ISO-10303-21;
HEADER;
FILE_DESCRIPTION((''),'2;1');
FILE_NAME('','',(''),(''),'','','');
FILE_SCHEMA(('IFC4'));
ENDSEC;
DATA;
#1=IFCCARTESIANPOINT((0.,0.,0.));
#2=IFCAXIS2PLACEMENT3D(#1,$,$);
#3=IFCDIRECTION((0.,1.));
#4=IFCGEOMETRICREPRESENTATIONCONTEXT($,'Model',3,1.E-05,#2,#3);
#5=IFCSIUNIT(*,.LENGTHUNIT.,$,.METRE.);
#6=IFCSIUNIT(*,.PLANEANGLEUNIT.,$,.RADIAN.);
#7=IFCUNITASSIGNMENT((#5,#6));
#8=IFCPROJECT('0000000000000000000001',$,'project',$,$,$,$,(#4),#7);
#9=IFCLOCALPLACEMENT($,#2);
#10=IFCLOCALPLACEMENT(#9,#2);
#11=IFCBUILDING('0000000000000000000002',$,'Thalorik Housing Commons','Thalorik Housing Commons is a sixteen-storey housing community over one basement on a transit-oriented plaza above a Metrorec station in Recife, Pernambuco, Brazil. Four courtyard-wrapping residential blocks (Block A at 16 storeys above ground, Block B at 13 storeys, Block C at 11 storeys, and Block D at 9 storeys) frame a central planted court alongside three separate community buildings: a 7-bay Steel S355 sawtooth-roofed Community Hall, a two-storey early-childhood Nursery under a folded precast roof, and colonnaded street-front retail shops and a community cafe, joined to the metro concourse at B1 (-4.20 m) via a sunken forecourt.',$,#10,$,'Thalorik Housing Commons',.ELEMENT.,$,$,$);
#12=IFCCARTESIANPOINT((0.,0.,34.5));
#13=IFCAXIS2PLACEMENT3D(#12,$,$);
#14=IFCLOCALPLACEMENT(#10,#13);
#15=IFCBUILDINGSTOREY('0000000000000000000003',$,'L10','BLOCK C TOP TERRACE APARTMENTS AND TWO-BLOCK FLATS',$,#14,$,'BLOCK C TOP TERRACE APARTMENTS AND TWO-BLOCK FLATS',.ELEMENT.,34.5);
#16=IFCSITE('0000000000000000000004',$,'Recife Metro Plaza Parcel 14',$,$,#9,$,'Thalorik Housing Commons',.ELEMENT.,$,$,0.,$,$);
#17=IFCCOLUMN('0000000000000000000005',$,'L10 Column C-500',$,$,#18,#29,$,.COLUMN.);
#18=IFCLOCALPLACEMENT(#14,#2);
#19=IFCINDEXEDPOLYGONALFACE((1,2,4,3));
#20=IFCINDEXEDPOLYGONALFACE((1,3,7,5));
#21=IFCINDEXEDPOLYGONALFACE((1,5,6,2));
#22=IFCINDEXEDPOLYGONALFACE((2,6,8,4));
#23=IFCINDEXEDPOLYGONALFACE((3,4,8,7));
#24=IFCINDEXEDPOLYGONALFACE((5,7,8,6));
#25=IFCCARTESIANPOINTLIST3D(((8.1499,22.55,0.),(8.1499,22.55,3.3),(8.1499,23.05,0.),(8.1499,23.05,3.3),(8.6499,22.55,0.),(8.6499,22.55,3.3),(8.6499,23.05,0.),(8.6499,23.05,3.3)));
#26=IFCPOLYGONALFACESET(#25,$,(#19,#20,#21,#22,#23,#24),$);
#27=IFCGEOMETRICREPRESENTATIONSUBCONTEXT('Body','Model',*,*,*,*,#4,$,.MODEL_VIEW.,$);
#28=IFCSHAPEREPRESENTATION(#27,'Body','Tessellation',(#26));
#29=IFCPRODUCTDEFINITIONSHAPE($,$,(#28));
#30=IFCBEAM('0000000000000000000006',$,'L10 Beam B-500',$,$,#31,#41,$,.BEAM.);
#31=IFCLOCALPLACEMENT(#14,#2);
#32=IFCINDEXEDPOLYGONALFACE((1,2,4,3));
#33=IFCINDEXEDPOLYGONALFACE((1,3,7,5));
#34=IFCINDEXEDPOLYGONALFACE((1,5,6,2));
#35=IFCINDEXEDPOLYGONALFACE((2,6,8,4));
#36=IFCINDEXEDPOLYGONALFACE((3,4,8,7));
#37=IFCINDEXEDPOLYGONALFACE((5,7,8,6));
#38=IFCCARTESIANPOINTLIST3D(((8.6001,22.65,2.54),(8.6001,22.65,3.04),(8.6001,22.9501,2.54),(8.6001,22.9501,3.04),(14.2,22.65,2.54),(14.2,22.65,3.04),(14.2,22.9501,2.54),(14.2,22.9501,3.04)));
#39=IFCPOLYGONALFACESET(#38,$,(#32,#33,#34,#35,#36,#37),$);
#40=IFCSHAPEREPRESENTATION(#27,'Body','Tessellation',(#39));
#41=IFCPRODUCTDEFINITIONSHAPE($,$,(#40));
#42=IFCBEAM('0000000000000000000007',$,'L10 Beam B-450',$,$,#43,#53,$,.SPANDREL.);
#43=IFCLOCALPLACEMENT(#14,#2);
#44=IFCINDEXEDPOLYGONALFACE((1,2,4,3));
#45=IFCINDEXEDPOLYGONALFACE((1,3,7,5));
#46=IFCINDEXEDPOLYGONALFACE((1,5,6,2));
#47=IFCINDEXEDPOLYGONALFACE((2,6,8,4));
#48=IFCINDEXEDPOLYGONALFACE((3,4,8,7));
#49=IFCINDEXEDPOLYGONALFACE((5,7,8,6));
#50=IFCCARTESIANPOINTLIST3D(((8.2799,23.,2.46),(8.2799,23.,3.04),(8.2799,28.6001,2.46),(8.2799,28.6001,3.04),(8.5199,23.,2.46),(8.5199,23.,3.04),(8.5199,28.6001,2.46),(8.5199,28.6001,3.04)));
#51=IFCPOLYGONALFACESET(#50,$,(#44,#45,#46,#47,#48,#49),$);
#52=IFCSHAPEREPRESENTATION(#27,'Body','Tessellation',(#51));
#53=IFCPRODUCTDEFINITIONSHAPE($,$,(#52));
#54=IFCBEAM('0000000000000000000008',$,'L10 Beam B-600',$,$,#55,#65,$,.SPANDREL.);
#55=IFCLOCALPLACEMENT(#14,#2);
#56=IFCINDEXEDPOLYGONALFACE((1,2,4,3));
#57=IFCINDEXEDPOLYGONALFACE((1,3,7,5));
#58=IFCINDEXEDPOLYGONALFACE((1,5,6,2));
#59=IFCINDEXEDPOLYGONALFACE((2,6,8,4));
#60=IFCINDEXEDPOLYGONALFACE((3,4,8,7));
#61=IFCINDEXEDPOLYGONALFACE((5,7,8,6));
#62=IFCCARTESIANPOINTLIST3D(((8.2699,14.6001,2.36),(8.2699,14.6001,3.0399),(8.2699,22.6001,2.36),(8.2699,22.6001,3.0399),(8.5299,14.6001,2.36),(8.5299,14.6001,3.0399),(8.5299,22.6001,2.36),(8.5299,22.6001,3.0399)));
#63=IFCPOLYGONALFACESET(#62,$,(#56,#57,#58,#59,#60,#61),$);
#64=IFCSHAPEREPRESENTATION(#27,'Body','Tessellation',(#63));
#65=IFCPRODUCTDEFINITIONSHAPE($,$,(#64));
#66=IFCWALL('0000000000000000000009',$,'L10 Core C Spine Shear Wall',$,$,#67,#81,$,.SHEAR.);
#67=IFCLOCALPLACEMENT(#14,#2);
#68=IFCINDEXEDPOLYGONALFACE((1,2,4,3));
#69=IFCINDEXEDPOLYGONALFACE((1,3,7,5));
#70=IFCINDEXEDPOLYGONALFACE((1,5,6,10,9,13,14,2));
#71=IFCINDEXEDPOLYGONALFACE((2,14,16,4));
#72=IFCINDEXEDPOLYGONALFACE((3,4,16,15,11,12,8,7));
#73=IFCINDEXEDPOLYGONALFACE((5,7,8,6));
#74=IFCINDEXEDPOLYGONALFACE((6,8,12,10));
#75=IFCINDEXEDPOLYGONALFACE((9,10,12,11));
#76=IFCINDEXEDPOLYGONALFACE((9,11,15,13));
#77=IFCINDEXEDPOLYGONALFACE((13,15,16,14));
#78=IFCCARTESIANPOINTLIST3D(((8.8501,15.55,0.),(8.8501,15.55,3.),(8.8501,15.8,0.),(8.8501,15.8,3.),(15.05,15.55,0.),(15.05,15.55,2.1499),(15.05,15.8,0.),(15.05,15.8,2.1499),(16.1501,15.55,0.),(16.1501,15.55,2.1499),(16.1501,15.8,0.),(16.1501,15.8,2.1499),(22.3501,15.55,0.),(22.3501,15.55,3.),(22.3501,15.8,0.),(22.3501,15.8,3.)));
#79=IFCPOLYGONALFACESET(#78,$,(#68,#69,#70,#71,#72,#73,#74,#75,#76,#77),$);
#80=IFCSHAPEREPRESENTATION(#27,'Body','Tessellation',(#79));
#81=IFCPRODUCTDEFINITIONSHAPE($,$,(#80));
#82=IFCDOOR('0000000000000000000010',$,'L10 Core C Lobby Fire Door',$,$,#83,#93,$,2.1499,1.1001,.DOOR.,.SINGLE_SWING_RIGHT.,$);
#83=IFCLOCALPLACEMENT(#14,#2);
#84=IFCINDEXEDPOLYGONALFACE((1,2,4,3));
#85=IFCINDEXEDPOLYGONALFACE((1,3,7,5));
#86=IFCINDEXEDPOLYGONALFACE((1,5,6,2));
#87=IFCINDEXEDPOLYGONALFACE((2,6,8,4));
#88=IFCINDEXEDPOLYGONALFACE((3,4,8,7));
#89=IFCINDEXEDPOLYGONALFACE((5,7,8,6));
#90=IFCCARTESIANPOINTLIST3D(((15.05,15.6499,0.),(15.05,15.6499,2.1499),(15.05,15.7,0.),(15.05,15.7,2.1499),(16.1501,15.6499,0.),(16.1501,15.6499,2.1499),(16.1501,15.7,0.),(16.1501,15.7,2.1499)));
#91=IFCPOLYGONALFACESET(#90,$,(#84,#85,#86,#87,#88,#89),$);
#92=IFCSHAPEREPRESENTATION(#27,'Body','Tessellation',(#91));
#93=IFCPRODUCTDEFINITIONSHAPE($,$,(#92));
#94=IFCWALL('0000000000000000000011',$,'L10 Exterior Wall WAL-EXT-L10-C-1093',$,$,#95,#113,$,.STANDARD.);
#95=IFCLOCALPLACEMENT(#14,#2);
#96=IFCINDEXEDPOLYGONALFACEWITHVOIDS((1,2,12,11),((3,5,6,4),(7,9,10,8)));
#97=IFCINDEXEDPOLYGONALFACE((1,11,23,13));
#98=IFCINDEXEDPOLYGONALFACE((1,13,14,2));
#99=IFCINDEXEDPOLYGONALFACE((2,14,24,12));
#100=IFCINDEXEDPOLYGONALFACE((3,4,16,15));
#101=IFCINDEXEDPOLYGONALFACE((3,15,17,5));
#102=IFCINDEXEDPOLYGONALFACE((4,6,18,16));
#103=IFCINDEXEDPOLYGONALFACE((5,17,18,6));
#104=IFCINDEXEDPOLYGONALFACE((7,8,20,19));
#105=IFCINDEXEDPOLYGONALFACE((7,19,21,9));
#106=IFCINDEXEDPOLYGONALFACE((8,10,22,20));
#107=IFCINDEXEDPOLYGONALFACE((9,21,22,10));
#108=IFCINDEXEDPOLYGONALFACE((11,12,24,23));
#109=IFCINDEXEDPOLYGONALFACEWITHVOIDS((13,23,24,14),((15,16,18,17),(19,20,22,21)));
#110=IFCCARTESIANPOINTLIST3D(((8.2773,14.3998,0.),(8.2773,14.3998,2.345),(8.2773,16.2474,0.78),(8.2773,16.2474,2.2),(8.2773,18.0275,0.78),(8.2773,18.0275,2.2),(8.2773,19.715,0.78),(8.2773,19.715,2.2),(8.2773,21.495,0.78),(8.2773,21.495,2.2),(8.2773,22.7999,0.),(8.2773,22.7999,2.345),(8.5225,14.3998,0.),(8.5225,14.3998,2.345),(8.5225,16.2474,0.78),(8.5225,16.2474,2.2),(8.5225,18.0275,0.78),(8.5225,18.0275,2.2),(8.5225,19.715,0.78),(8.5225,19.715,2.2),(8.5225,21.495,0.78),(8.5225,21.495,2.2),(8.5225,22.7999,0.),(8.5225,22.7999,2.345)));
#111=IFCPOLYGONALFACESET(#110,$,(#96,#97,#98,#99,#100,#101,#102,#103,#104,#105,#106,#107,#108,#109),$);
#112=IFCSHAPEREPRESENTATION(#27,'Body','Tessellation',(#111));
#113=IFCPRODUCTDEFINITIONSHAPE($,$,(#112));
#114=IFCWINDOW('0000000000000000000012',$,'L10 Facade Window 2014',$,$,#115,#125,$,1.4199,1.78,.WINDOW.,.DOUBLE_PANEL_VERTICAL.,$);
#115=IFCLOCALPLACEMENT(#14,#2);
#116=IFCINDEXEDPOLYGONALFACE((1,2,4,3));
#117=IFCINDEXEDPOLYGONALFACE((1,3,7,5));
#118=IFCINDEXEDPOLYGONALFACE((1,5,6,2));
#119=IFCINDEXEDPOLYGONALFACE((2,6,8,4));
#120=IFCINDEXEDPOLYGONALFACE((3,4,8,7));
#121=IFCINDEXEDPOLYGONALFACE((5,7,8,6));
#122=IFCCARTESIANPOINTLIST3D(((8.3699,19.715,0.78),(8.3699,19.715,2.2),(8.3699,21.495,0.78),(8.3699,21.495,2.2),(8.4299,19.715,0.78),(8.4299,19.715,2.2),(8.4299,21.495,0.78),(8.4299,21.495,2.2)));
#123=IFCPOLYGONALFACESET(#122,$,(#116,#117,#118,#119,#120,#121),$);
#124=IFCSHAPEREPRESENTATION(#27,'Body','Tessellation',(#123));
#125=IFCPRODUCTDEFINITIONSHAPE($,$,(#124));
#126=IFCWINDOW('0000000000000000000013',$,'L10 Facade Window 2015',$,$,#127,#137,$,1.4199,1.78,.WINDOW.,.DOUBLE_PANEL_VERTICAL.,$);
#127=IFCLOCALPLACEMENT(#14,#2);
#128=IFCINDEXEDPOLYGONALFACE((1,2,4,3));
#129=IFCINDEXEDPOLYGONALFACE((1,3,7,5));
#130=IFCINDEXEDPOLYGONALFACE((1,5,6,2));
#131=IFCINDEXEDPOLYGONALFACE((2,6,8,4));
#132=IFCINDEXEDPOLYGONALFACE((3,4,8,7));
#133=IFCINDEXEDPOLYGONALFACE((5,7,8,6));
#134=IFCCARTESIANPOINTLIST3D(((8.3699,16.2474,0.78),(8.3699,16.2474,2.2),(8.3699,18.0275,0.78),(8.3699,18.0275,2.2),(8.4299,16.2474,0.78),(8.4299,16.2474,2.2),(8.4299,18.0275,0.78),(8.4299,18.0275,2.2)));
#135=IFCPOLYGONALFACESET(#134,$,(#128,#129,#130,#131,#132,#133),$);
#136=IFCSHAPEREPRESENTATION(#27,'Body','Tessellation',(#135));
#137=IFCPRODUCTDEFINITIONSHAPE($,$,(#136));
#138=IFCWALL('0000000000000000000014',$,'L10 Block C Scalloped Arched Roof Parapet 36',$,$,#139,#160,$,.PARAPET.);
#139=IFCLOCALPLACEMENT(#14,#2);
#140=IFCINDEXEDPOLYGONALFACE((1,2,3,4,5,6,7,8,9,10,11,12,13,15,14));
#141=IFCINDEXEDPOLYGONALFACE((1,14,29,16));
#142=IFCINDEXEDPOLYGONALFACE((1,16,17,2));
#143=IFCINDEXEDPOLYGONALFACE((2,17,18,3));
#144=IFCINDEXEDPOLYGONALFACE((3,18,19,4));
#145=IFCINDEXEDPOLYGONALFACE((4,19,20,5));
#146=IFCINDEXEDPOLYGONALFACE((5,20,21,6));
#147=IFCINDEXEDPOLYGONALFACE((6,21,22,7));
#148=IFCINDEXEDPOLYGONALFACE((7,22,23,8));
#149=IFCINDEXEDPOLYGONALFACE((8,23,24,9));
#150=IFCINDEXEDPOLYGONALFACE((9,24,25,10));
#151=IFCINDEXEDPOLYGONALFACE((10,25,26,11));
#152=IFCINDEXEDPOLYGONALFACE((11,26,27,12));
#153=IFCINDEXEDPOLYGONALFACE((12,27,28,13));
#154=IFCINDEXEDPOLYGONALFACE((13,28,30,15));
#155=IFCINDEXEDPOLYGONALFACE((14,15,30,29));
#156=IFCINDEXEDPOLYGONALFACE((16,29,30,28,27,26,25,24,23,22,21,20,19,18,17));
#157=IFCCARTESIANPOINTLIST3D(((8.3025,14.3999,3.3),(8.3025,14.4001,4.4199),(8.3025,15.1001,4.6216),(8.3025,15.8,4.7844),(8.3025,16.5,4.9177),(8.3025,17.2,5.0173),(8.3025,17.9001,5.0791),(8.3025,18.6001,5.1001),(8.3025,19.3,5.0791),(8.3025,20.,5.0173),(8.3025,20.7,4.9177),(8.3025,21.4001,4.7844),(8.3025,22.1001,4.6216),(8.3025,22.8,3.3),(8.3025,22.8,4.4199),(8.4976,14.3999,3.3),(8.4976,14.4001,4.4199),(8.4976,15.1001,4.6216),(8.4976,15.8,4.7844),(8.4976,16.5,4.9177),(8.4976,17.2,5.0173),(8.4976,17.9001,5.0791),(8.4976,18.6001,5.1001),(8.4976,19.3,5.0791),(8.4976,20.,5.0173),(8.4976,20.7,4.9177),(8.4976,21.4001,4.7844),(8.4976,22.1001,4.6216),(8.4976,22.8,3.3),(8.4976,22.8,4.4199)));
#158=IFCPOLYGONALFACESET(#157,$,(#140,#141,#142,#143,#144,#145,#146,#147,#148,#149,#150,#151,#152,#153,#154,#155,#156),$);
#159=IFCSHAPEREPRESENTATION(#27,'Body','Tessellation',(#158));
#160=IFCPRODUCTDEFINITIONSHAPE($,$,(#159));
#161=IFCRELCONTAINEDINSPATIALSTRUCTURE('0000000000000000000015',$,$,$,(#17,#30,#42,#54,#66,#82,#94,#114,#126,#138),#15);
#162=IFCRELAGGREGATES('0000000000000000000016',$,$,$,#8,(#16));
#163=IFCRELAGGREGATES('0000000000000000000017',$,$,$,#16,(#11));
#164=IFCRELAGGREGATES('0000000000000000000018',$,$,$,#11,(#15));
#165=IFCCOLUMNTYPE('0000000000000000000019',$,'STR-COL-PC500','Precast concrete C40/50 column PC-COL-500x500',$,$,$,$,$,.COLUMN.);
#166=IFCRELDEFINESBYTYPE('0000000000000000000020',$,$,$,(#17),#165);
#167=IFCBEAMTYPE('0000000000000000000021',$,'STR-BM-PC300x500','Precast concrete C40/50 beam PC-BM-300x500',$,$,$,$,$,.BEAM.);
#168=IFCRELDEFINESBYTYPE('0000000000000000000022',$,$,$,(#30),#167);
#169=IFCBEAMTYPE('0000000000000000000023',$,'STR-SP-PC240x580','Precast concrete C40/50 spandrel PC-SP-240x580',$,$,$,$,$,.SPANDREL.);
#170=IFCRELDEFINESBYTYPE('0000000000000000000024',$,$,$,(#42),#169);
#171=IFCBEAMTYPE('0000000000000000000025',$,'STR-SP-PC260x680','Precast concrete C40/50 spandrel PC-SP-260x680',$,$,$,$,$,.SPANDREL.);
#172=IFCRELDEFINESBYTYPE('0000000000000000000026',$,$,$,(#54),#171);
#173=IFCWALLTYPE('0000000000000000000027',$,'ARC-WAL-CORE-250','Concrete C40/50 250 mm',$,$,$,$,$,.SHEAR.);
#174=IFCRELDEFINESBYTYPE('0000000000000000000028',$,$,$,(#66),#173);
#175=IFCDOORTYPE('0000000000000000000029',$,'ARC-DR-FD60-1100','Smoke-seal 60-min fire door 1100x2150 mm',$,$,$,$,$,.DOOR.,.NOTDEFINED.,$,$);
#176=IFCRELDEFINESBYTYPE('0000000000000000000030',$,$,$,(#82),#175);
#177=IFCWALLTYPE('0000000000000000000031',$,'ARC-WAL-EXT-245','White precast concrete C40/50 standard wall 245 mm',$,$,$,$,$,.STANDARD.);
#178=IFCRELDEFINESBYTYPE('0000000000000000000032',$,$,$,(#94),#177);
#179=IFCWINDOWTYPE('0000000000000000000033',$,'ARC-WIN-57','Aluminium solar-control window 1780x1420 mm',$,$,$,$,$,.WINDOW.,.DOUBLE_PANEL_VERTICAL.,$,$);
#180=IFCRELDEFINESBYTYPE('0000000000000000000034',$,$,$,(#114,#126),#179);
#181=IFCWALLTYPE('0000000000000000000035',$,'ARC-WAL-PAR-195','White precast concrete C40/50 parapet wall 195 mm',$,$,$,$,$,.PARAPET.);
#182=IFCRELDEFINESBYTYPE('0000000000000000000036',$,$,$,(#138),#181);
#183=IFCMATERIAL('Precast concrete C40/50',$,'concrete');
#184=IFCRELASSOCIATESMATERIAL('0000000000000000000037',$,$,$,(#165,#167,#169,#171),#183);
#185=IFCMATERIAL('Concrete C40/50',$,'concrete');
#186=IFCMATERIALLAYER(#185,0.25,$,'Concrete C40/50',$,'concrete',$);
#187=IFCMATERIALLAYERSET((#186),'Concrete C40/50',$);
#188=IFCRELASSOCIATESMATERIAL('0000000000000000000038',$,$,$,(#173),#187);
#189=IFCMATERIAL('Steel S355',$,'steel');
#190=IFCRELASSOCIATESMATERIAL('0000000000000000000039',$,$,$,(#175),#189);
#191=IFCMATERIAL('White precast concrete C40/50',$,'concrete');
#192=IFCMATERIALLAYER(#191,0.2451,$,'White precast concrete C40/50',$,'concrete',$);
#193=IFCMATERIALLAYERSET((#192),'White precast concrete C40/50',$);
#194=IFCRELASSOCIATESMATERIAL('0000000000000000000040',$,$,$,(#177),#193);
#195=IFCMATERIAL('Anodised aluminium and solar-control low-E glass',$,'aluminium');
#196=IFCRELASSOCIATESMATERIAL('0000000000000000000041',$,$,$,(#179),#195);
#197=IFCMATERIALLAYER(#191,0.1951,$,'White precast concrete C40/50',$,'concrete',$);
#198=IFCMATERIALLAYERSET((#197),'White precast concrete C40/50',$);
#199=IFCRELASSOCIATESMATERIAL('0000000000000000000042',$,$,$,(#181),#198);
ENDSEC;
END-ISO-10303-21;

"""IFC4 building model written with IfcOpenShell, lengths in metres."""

from ifc_helpers import new_model, si_unit, direction, frame, frame_2d, origin, origin_2d, place, context, subcontext, project, spatial, polyline, rectangle, outline, extrude, material, layer, layer_set, material_profile, profile_set, type_object, element, fill, save


model = new_model("IFC4")

# Units and contexts
model_context = context("Model", 3, precision=1e-05, world=origin(), true_north=direction((0.0, 1.0)))
body_context = subcontext(model_context, "Body", "Model", "MODEL_VIEW")
ifc_project = project(units=[si_unit("LENGTHUNIT", "METRE"), si_unit("PLANEANGLEUNIT", "RADIAN")], contexts=[model_context])

# Site, building, storey
site_placement = place(None, origin())
site = spatial("IfcSite", under=ifc_project, at=site_placement, Name="Recife Metro Plaza Parcel 14", LongName="Thalorik Housing Commons", CompositionType="ELEMENT", RefElevation=0.0)
building_placement = place(site_placement, origin())
building = spatial("IfcBuilding", under=site, at=building_placement, Name="Thalorik Housing Commons", Description="Thalorik Housing Commons is a sixteen-storey housing community over one basement on a transit-oriented plaza above a Metrorec station in Recife, Pernambuco, Brazil. Four courtyard-wrapping residential blocks (Block A at 16 storeys above ground, Block B at 13 storeys, Block C at 11 storeys, and Block D at 9 storeys) frame a central planted court alongside three separate community buildings: a 7-bay Steel S355 sawtooth-roofed Community Hall, a two-storey early-childhood Nursery under a folded precast roof, and colonnaded street-front retail shops and a community cafe, joined to the metro concourse at B1 (-4.20 m) via a sunken forecourt.", LongName="Thalorik Housing Commons", CompositionType="ELEMENT")
storey_placement = place(building_placement, frame((0.0, 0.0, 34.5)))
storey = spatial("IfcBuildingStorey", under=building, at=storey_placement, Name="L10", Description="BLOCK C TOP TERRACE APARTMENTS AND TWO-BLOCK FLATS", LongName="BLOCK C TOP TERRACE APARTMENTS AND TWO-BLOCK FLATS", CompositionType="ELEMENT", Elevation=34.5)

# Column
ifc_material_1 = material(Name="Precast concrete C40/50", Category="concrete")
ifc_material_profile_1 = material_profile(ifc_material_1, rectangle(XDim=0.5, YDim=0.5, at=origin_2d()), Name="PC 500x500", Category="concrete")
ifc_profile_set_1 = profile_set([ifc_material_profile_1], Name="Precast concrete C40/50")
column_type = type_object("IfcColumnType", Name="STR-COL-PC500", Description="Precast concrete C40/50 column PC-COL-500x500", PredefinedType="COLUMN", material=ifc_profile_set_1)
column_placement = place(storey_placement, frame((8.3999, 22.8, 0.0), z_axis=(0.0, 0.0, 1.0), x_axis=(1.0, 0.0, 0.0)))
element("IfcColumn", 1, at=column_placement, inside=storey, type_object=column_type, Name="L10 Column C-500", PredefinedType="COLUMN", context=body_context, shape_type="SweptSolid", body=[
    extrude(rectangle(XDim=0.5, YDim=0.5, at=origin_2d()), origin(), (0.0, 0.0, 1.0), 3.3),
])

# Beams
ifc_material_profile_2 = material_profile(ifc_material_1, rectangle(XDim=0.3, YDim=0.5, at=origin_2d()), Name="PC 300x500", Category="concrete")
ifc_profile_set_2 = profile_set([ifc_material_profile_2], Name="Precast concrete C40/50")
beam_type_1 = type_object("IfcBeamType", Name="STR-BM-PC300x500", Description="Precast concrete C40/50 beam PC-BM-300x500", PredefinedType="BEAM", material=ifc_profile_set_2)
beam_1_placement = place(storey_placement, frame((8.6001, 22.8, 2.79), z_axis=(1.0, 0.0, 0.0), x_axis=(0.0, 1.0, 0.0)))
element("IfcBeam", 2, at=beam_1_placement, inside=storey, type_object=beam_type_1, Name="L10 Beam B-500", PredefinedType="BEAM", context=body_context, shape_type="SweptSolid", body=[
    extrude(rectangle(XDim=0.3, YDim=0.5, at=origin_2d()), origin(), (0.0, 0.0, 1.0), 5.5999),
])
ifc_material_profile_3 = material_profile(ifc_material_1, rectangle(XDim=0.24, YDim=0.5801, at=origin_2d()), Name="PC SP 240x580", Category="concrete")
ifc_profile_set_3 = profile_set([ifc_material_profile_3], Name="Precast concrete C40/50")
beam_type_2 = type_object("IfcBeamType", Name="STR-SP-PC240x580", Description="Precast concrete C40/50 spandrel PC-SP-240x580", PredefinedType="SPANDREL", material=ifc_profile_set_3)
beam_2_placement = place(storey_placement, frame((8.3999, 23.0, 2.75), z_axis=(0.0, 1.0, 0.0), x_axis=(-1.0, 0.0, 0.0)))
element("IfcBeam", 3, at=beam_2_placement, inside=storey, type_object=beam_type_2, Name="L10 Beam B-450", PredefinedType="SPANDREL", context=body_context, shape_type="SweptSolid", body=[
    extrude(rectangle(XDim=0.24, YDim=0.5801, at=origin_2d()), origin(), (0.0, 0.0, 1.0), 5.6001),
])
ifc_material_profile_4 = material_profile(ifc_material_1, rectangle(XDim=0.26, YDim=0.6799, at=origin_2d()), Name="PC SP 260x680", Category="concrete")
ifc_profile_set_4 = profile_set([ifc_material_profile_4], Name="Precast concrete C40/50")
beam_type_3 = type_object("IfcBeamType", Name="STR-SP-PC260x680", Description="Precast concrete C40/50 spandrel PC-SP-260x680", PredefinedType="SPANDREL", material=ifc_profile_set_4)
beam_3_placement = place(storey_placement, frame((8.3999, 14.6001, 2.7), z_axis=(0.0, 1.0, 0.0), x_axis=(-1.0, 0.0, 0.0)))
element("IfcBeam", 4, at=beam_3_placement, inside=storey, type_object=beam_type_3, Name="L10 Beam B-600", PredefinedType="SPANDREL", context=body_context, shape_type="SweptSolid", body=[
    extrude(rectangle(XDim=0.26, YDim=0.6799, at=origin_2d()), origin(), (0.0, 0.0, 1.0), 8.0),
])

# Wall, opening, door
ifc_material_2 = material(Name="Concrete C40/50", Category="concrete")
ifc_layer_1 = layer(ifc_material_2, 0.25, Name="Concrete C40/50", Category="concrete")
ifc_layer_set_1 = layer_set([ifc_layer_1], Name="Concrete C40/50")
wall_type_1 = type_object("IfcWallType", Name="ARC-WAL-CORE-250", Description="Concrete C40/50 250 mm", PredefinedType="SHEAR", material=ifc_layer_set_1)
wall_1_placement = place(storey_placement, frame((8.8501, 15.675, 0.0), z_axis=(0.0, 0.0, 1.0), x_axis=(1.0, 0.0, 0.0)))
wall_1 = element("IfcWall", 5, at=wall_1_placement, inside=storey, type_object=wall_type_1, Name="L10 Core C Spine Shear Wall", PredefinedType="SHEAR", context=body_context, shape_type="SweptSolid", body=[
    extrude(rectangle(XDim=13.5, YDim=0.25, at=frame_2d((6.75, 0.0))), origin(), (0.0, 0.0, 1.0), 3.0),
])
opening_1_placement = place(wall_1_placement, frame((6.2, 0.0, 0.0)))
opening_1 = element("IfcOpeningElement", 6, at=opening_1_placement, cuts=wall_1, PredefinedType="OPENING", context=body_context, shape_type="SweptSolid", body=[
    extrude(rectangle(XDim=1.1001, YDim=2.1499, at=frame_2d((0.55, 1.075))), frame((0.0, 0.135, 0.0), z_axis=(0.0, -1.0, 0.0), x_axis=(1.0, 0.0, 0.0)), (0.0, 0.0, 1.0), 0.27),
])
ifc_material_3 = material(Name="Steel S355", Category="steel")
door_type_1 = type_object("IfcDoorType", Name="ARC-DR-FD60-1100", Description="Smoke-seal 60-min fire door 1100x2150 mm", OperationType="NOTDEFINED", PredefinedType="DOOR", material=ifc_material_3)
door_1_placement = place(opening_1_placement, origin())
door_1 = element("IfcDoor", 7, at=door_1_placement, inside=storey, type_object=door_type_1, Name="L10 Core C Lobby Fire Door", OperationType="SINGLE_SWING_RIGHT", OverallHeight=2.1499, OverallWidth=1.1001, PredefinedType="DOOR", context=body_context, shape_type="SweptSolid", body=[
    extrude(rectangle(XDim=1.1001, YDim=2.1499, at=frame_2d((0.55, 1.075))), frame((0.0, 0.0249, 0.0), z_axis=(0.0, -1.0, 0.0), x_axis=(1.0, 0.0, 0.0)), (0.0, 0.0, 1.0), 0.05),
])
fill(opening_1, door_1)

# Wall, openings, windows
ifc_material_4 = material(Name="White precast concrete C40/50", Category="concrete")
ifc_layer_2 = layer(ifc_material_4, 0.2451, Name="White precast concrete C40/50", Category="concrete")
ifc_layer_set_2 = layer_set([ifc_layer_2], Name="White precast concrete C40/50")
wall_type_2 = type_object("IfcWallType", Name="ARC-WAL-EXT-245", Description="White precast concrete C40/50 standard wall 245 mm", PredefinedType="STANDARD", material=ifc_layer_set_2)
wall_2_placement = place(storey_placement, frame((8.3999, 22.8, 0.0), z_axis=(0.0, 0.0, 1.0), x_axis=(0.0, -1.0, 0.0)))
wall_2 = element("IfcWall", 8, at=wall_2_placement, inside=storey, type_object=wall_type_2, Name="L10 Exterior Wall WAL-EXT-L10-C-1093", PredefinedType="STANDARD", context=body_context, shape_type="SweptSolid", body=[
    extrude(rectangle(XDim=8.4001, YDim=0.2451, at=frame_2d((4.2002, 0.0))), origin(), (0.0, 0.0, 1.0), 2.345),
])
opening_2_placement = place(wall_2_placement, frame((1.3049, 0.0, 0.78)))
opening_2 = element("IfcOpeningElement", 9, at=opening_2_placement, cuts=wall_2, PredefinedType="OPENING", context=body_context, shape_type="SweptSolid", body=[
    extrude(rectangle(XDim=1.78, YDim=1.4199, at=frame_2d((0.8901, 0.71))), frame((0.0, 0.1326, 0.0), z_axis=(0.0, -1.0, 0.0), x_axis=(1.0, 0.0, 0.0)), (0.0, 0.0, 1.0), 0.2651),
])
opening_3_placement = place(wall_2_placement, frame((4.7725, 0.0, 0.78)))
opening_3 = element("IfcOpeningElement", 10, at=opening_3_placement, cuts=wall_2, PredefinedType="OPENING", context=body_context, shape_type="SweptSolid", body=[
    extrude(rectangle(XDim=1.78, YDim=1.4199, at=frame_2d((0.8901, 0.71))), frame((0.0, 0.1326, 0.0), z_axis=(0.0, -1.0, 0.0), x_axis=(1.0, 0.0, 0.0)), (0.0, 0.0, 1.0), 0.2651),
])
ifc_material_5 = material(Name="Anodised aluminium and solar-control low-E glass", Category="aluminium")
window_type = type_object("IfcWindowType", Name="ARC-WIN-57", Description="Aluminium solar-control window 1780x1420 mm", PartitioningType="DOUBLE_PANEL_VERTICAL", PredefinedType="WINDOW", material=ifc_material_5)
window_1_placement = place(opening_2_placement, origin())
window_1 = element("IfcWindow", 11, at=window_1_placement, inside=storey, type_object=window_type, Name="L10 Facade Window 2014", OverallHeight=1.4199, OverallWidth=1.78, PartitioningType="DOUBLE_PANEL_VERTICAL", PredefinedType="WINDOW", context=body_context, shape_type="SweptSolid", body=[
    extrude(rectangle(XDim=1.78, YDim=1.4199, at=frame_2d((0.8901, 0.71))), frame((0.0, 0.03, 0.0), z_axis=(0.0, -1.0, 0.0), x_axis=(1.0, 0.0, 0.0)), (0.0, 0.0, 1.0), 0.0601),
])
fill(opening_2, window_1)
window_2_placement = place(opening_3_placement, origin())
window_2 = element("IfcWindow", 12, at=window_2_placement, inside=storey, type_object=window_type, Name="L10 Facade Window 2015", OverallHeight=1.4199, OverallWidth=1.78, PartitioningType="DOUBLE_PANEL_VERTICAL", PredefinedType="WINDOW", context=body_context, shape_type="SweptSolid", body=[
    extrude(rectangle(XDim=1.78, YDim=1.4199, at=frame_2d((0.8901, 0.71))), frame((0.0, 0.03, 0.0), z_axis=(0.0, -1.0, 0.0), x_axis=(1.0, 0.0, 0.0)), (0.0, 0.0, 1.0), 0.0601),
])
fill(opening_3, window_2)

# Wall
ifc_layer_3 = layer(ifc_material_4, 0.1951, Name="White precast concrete C40/50", Category="concrete")
ifc_layer_set_3 = layer_set([ifc_layer_3], Name="White precast concrete C40/50")
wall_type_3 = type_object("IfcWallType", Name="ARC-WAL-PAR-195", Description="White precast concrete C40/50 parapet wall 195 mm", PredefinedType="PARAPET", material=ifc_layer_set_3)
wall_3_placement = place(storey_placement, frame((8.3999, 22.8, 3.3), z_axis=(0.0, 0.0, 1.0), x_axis=(0.0, -1.0, 0.0)))
element("IfcWall", 13, at=wall_3_placement, inside=storey, type_object=wall_type_3, Name="L10 Block C Scalloped Arched Roof Parapet 36", PredefinedType="PARAPET", context=body_context, shape_type="SweptSolid", body=[
    extrude(outline(polyline([(0.0, 0.0), (8.4001, 0.0), (8.3999, 1.1199), (7.7, 1.3215), (7.0, 1.4844), (6.3, 1.6177), (5.6001, 1.7173), (4.8999, 1.7791), (4.2, 1.8), (3.5, 1.7791), (2.8, 1.7173), (2.1001, 1.6177), (1.3999, 1.4844), (0.7, 1.3215), (0.0, 1.1199), (0.0, 0.0)])), frame((0.0, 0.0977, 0.0), z_axis=(0.0, -1.0, 0.0), x_axis=(1.0, 0.0, 0.0)), (0.0, 0.0, 1.0), 0.1951),
])

save(model, "model.ifc")
